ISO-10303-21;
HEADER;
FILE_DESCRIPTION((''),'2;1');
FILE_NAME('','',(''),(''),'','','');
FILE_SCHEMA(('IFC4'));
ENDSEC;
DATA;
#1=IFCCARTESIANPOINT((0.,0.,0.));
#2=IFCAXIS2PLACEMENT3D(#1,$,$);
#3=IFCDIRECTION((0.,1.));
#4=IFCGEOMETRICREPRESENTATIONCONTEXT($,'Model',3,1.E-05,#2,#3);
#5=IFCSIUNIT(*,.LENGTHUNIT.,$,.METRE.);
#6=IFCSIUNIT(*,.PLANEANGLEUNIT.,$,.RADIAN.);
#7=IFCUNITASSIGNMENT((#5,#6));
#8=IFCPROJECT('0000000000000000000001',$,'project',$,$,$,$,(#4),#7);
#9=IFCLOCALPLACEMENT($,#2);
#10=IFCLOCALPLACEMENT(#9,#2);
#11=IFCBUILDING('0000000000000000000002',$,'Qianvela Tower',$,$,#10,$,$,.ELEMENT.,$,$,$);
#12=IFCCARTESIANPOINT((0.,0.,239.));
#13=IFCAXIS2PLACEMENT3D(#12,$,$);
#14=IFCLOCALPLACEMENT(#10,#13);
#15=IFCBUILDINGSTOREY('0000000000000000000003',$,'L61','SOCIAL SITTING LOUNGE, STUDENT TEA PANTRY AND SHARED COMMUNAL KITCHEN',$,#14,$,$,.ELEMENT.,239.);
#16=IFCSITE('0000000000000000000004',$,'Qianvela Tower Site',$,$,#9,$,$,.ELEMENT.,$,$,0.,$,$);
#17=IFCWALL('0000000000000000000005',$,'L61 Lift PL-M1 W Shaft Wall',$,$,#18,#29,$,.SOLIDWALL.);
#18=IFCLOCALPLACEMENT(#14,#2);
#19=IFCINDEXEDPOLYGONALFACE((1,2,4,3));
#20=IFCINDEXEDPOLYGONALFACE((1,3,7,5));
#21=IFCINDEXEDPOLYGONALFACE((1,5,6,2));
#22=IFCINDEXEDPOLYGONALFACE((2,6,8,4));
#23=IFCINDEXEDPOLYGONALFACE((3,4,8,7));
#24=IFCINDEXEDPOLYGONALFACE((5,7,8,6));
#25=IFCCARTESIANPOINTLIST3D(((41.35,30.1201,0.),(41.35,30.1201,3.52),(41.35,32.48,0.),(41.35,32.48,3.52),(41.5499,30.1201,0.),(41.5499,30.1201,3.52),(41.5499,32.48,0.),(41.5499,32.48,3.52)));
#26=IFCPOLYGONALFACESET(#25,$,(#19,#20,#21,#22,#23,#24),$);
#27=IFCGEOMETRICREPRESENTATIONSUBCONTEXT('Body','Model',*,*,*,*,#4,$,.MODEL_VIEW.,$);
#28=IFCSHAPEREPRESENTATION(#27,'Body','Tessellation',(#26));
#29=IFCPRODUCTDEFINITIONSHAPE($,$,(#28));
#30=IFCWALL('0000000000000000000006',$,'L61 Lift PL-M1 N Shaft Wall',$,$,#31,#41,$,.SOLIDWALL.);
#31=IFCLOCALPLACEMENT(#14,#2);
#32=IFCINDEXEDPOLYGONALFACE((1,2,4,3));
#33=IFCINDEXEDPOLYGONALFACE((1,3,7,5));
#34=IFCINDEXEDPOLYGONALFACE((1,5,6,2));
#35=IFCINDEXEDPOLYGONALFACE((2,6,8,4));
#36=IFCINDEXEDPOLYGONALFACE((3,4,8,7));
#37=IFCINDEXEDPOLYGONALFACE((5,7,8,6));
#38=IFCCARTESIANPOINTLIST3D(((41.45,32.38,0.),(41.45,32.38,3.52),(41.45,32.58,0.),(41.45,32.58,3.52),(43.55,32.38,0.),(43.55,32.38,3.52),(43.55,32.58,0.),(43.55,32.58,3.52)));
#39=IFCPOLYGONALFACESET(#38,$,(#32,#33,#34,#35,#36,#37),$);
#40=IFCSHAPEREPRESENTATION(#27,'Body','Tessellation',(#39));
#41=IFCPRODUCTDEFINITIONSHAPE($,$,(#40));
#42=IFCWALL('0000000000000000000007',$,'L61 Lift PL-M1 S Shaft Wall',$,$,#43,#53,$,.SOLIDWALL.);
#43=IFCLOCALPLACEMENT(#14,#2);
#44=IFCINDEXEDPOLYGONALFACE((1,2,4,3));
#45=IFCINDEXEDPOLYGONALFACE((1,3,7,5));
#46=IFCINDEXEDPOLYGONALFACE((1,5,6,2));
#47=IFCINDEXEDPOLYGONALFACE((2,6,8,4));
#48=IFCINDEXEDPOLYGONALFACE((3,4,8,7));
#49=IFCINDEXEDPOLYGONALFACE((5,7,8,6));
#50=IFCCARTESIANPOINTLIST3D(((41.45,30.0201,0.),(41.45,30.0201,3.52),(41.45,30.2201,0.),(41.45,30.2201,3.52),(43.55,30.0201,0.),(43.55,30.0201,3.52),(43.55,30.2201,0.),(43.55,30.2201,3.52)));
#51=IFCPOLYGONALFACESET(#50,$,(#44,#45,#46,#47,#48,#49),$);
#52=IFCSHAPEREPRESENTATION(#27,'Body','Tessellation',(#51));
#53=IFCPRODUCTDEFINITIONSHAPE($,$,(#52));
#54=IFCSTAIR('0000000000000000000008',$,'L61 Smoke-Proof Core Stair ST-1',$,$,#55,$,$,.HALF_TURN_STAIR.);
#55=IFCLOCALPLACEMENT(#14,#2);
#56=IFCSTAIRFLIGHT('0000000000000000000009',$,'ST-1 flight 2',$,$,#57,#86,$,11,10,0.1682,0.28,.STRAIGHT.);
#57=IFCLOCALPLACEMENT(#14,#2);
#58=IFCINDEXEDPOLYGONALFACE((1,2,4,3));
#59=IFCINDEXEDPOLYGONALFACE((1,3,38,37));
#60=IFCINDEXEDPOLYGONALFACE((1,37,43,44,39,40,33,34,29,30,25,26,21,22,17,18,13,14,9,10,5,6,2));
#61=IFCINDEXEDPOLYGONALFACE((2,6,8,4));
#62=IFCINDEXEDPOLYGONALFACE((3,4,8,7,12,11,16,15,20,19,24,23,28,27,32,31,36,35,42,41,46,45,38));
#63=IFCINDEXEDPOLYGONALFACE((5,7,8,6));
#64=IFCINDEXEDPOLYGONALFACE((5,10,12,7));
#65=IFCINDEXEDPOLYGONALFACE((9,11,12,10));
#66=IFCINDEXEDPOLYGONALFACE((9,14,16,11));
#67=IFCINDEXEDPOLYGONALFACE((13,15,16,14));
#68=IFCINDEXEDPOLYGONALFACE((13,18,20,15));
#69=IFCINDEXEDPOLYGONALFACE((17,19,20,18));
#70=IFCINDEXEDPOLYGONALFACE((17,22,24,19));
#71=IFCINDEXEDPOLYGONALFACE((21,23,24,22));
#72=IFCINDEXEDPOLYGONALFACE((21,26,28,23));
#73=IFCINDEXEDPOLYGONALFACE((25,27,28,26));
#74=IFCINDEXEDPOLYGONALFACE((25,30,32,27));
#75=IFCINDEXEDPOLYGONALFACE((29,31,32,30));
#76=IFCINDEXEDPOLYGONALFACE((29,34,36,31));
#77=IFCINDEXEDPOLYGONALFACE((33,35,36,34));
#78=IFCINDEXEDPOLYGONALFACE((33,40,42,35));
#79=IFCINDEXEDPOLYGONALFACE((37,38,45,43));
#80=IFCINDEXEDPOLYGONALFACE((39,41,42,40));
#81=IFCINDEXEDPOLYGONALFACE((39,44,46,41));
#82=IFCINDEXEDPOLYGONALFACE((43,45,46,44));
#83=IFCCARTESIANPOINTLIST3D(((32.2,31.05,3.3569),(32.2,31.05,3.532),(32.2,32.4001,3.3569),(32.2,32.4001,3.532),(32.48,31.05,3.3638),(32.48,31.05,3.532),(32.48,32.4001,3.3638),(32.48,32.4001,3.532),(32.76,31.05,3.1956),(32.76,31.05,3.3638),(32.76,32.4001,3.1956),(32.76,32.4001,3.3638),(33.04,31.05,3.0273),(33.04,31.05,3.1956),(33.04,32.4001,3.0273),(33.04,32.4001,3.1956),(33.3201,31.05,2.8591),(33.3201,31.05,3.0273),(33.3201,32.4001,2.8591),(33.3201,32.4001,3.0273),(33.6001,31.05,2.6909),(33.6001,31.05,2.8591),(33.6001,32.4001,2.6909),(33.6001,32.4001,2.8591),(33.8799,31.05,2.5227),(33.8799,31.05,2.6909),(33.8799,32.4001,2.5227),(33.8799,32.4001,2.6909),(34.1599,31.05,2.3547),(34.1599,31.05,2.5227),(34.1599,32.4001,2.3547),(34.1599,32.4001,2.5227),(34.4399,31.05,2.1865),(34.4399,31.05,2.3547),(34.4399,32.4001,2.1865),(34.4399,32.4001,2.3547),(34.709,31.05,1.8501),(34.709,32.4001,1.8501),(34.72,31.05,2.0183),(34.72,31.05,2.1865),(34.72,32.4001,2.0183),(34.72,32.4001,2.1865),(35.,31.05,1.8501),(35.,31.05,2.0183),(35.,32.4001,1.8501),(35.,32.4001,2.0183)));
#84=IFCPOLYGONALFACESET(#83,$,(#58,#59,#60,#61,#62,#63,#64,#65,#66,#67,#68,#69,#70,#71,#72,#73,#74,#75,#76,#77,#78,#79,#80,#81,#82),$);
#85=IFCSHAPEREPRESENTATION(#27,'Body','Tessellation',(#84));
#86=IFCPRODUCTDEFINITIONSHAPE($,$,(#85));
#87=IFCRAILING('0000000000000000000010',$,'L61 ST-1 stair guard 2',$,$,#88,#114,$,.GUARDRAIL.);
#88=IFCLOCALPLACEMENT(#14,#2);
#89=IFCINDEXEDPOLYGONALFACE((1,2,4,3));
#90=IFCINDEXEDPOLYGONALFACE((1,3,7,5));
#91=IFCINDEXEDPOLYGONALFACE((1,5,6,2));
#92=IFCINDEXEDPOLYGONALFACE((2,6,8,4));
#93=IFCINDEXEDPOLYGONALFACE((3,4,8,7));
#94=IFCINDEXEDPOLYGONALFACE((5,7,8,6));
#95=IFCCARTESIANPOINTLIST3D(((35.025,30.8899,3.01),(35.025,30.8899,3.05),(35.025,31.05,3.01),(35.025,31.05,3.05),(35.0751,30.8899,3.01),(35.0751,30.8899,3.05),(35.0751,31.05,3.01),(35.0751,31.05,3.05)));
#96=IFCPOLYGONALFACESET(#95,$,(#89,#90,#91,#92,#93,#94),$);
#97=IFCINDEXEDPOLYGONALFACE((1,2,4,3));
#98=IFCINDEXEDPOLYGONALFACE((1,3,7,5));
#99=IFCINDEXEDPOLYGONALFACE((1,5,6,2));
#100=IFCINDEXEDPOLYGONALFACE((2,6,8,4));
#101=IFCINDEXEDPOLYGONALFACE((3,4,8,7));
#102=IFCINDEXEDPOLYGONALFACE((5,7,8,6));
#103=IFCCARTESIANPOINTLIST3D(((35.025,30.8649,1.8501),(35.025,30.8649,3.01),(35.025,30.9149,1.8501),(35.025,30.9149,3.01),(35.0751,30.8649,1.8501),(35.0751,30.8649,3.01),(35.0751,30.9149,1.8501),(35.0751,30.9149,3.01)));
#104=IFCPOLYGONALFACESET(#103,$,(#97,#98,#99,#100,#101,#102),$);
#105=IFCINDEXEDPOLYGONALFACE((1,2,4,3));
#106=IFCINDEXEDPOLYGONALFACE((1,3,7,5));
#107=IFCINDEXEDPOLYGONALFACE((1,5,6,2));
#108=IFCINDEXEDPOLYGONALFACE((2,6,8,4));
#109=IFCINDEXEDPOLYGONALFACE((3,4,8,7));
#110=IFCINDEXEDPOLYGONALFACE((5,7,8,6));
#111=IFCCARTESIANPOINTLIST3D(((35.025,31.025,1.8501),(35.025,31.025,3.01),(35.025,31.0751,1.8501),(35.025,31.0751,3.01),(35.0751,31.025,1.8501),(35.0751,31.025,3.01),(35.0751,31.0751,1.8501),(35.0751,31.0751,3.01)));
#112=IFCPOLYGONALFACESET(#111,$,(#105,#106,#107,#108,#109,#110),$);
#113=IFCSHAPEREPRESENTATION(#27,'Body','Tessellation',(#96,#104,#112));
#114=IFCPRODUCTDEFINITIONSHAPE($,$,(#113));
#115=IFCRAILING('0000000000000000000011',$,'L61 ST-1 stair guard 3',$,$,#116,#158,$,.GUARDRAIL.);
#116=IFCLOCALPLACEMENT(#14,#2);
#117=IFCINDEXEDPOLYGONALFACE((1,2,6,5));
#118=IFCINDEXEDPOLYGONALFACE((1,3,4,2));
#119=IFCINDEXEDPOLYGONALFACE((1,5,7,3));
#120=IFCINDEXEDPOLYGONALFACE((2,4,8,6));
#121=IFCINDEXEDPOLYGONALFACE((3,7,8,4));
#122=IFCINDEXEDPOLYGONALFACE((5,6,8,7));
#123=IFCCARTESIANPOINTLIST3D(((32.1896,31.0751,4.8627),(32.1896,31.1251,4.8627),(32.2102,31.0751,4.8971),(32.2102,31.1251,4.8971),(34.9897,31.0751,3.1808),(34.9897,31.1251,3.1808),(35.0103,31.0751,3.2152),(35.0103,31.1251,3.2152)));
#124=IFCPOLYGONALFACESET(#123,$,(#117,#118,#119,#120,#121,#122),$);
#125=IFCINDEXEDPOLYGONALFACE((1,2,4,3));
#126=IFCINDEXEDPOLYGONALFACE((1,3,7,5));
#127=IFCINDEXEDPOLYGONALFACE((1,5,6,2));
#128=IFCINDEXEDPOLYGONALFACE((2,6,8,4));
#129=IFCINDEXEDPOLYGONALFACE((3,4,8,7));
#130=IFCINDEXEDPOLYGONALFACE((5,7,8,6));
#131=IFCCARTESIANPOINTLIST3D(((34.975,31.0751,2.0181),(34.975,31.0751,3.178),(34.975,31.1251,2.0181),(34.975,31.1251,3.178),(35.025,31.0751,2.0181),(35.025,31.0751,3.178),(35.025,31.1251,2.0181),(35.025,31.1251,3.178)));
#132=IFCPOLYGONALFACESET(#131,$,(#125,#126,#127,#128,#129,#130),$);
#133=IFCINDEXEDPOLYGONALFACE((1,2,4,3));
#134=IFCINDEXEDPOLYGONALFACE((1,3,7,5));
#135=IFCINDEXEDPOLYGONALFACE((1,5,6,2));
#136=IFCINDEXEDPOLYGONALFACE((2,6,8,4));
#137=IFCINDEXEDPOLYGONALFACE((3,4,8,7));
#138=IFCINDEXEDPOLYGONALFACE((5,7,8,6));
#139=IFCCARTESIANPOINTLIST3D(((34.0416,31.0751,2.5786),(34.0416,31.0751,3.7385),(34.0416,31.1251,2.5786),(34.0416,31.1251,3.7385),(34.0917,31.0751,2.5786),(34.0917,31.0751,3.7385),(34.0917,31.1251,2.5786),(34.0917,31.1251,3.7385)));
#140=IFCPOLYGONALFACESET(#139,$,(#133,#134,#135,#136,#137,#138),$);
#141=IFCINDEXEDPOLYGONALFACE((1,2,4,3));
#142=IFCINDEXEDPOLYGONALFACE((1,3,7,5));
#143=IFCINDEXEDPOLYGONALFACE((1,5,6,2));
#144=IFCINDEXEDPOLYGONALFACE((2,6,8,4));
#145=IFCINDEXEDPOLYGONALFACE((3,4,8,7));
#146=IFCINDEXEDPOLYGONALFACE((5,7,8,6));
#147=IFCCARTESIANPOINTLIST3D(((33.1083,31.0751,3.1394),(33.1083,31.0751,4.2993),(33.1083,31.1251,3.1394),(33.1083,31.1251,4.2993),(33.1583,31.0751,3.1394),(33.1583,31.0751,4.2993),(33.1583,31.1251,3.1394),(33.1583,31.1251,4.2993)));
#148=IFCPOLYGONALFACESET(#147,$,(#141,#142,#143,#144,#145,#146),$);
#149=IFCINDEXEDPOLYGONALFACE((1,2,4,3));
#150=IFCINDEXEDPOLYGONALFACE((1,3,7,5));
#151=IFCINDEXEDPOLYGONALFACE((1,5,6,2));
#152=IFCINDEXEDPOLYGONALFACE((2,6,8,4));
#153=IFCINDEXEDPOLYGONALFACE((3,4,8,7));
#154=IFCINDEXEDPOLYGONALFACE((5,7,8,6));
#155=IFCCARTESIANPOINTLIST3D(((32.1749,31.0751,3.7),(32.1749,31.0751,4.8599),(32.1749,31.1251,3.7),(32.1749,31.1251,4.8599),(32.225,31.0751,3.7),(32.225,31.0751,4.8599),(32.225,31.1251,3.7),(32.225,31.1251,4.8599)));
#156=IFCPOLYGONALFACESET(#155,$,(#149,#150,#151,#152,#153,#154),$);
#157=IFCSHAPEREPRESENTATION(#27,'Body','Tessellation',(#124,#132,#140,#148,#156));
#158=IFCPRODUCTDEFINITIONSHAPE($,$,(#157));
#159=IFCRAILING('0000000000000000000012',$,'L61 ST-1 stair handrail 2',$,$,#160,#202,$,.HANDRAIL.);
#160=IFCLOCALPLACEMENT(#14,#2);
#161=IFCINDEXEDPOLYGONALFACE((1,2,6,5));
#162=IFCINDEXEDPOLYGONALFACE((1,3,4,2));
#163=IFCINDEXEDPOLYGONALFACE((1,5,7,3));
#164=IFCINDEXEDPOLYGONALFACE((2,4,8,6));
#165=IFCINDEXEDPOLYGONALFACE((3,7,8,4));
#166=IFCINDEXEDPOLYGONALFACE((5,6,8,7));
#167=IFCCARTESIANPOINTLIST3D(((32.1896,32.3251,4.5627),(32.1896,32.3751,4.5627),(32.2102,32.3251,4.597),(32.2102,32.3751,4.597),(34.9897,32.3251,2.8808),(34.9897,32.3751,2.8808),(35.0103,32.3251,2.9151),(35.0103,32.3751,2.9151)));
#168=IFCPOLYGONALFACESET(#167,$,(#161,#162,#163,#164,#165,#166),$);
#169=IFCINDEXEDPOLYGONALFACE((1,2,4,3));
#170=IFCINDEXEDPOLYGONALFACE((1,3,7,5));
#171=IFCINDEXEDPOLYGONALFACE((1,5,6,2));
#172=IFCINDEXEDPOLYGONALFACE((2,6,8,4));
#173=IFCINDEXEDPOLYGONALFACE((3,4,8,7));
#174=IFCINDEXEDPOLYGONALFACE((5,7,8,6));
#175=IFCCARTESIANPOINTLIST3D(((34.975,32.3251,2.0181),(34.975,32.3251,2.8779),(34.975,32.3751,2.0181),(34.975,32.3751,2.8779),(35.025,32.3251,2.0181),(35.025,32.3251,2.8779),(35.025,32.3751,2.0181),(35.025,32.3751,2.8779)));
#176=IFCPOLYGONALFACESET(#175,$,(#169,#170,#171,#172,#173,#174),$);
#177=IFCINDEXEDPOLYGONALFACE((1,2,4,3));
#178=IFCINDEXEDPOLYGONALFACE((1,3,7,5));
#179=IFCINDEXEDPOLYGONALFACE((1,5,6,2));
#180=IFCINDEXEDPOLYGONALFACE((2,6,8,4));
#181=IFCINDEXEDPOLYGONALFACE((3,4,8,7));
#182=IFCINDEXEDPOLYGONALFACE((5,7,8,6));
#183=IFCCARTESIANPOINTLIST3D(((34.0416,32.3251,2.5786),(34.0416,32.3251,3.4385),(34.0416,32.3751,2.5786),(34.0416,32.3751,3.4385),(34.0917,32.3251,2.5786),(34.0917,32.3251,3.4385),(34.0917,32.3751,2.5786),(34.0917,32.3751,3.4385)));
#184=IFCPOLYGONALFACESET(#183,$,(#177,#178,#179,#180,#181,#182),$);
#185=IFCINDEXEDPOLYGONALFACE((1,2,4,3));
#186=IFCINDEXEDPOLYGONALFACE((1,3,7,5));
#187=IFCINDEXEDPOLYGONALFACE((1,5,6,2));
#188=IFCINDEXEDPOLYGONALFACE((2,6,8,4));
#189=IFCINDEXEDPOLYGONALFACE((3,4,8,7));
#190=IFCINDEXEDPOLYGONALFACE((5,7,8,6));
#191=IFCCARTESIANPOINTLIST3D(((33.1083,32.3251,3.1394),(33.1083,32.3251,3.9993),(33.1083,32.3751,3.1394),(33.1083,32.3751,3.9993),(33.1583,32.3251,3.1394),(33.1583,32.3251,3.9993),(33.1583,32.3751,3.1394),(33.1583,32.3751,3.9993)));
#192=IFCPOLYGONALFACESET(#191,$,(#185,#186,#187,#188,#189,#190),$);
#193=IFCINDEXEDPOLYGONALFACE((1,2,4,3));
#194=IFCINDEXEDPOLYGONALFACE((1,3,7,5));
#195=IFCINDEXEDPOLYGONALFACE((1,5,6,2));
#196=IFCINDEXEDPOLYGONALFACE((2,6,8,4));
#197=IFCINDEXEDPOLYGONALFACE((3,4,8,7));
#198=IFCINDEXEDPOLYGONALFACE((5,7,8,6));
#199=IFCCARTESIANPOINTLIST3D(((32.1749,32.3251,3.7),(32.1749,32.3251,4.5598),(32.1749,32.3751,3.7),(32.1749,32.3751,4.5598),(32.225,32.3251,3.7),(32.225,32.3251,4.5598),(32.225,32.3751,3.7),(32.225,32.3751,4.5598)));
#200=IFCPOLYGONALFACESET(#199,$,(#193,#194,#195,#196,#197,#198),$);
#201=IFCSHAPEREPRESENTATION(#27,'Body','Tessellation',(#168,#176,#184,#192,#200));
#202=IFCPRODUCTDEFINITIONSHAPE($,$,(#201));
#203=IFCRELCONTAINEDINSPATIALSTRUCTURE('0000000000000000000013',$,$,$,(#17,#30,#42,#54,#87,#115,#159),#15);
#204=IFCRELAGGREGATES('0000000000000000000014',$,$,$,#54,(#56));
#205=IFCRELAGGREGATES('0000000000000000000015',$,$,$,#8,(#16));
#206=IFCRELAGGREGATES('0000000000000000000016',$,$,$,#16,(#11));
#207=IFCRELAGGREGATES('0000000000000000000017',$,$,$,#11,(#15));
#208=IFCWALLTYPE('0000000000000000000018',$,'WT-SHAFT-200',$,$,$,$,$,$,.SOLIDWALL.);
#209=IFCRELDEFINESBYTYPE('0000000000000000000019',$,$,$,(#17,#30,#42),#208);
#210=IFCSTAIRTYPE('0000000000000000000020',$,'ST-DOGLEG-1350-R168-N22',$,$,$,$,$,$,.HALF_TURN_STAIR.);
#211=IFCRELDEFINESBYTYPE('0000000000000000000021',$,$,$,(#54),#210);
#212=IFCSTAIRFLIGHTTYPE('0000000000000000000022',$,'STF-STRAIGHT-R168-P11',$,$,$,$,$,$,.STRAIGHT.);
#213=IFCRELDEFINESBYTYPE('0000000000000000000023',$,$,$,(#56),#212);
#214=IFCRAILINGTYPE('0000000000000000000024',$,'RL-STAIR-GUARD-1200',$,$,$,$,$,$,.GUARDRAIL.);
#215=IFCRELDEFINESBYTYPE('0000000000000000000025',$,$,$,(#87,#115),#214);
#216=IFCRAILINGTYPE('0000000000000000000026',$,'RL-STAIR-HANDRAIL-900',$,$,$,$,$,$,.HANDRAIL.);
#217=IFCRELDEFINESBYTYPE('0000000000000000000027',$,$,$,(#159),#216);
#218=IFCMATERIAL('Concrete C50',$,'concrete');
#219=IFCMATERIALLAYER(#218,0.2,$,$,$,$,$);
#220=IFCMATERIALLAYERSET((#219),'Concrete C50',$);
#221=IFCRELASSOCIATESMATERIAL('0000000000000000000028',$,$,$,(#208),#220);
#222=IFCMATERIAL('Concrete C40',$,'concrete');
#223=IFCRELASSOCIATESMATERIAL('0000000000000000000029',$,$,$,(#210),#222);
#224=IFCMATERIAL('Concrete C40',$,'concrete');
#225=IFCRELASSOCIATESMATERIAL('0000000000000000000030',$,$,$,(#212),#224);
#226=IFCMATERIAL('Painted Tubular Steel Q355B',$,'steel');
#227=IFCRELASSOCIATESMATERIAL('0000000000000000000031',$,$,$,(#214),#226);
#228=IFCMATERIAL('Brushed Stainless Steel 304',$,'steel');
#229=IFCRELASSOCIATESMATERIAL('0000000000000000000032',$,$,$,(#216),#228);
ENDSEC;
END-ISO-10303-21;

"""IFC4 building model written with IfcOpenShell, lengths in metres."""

from ifc_helpers import new_model, si_unit, direction, frame, frame_2d, origin, origin_2d, place, context, subcontext, project, spatial, polyline, rectangle, outline, extrude, material, layer, layer_set, type_object, element, aggregate, save


model = new_model("IFC4")

# Units and contexts
model_context = context("Model", 3, precision=1e-05, world=origin(), true_north=direction((0.0, 1.0)))
body_context = subcontext(model_context, "Body", "Model", "MODEL_VIEW")
ifc_project = project(units=[si_unit("LENGTHUNIT", "METRE"), si_unit("PLANEANGLEUNIT", "RADIAN")], contexts=[model_context])

# Site, building, storey
site_placement = place(None, origin())
site = spatial("IfcSite", under=ifc_project, at=site_placement, Name="Qianvela Tower Site", CompositionType="ELEMENT", RefElevation=0.0)
building_placement = place(site_placement, origin())
building = spatial("IfcBuilding", under=site, at=building_placement, Name="Qianvela Tower", CompositionType="ELEMENT")
storey_placement = place(building_placement, frame((0.0, 0.0, 239.0)))
storey = spatial("IfcBuildingStorey", under=building, at=storey_placement, Name="L61", Description="SOCIAL SITTING LOUNGE, STUDENT TEA PANTRY AND SHARED COMMUNAL KITCHEN", CompositionType="ELEMENT", Elevation=239.0)

# Shared definitions
ifc_material_1 = material(Name="Concrete C50", Category="concrete")
ifc_layer_1 = layer(ifc_material_1, 0.2)
ifc_layer_set_1 = layer_set([ifc_layer_1], Name="Concrete C50")
wall_type_1 = type_object("IfcWallType", Name="WT-SHAFT-200", PredefinedType="SOLIDWALL", material=ifc_layer_set_1)

# Walls
wall_1_placement = place(storey_placement, frame((41.45, 30.1201, 0.0), z_axis=(0.0, 0.0, 1.0), x_axis=(0.0, 1.0, 0.0)))
element("IfcWall", 1, at=wall_1_placement, inside=storey, type_object=wall_type_1, Name="L61 Lift PL-M1 W Shaft Wall", PredefinedType="SOLIDWALL", context=body_context, shape_type="SweptSolid", body=[
    extrude(rectangle(XDim=2.3599, YDim=0.2, at=frame_2d((1.1799, 0.0))), origin(), (0.0, 0.0, 1.0), 3.52),
])
for number, where, z_axis, x_axis, name in (
    (2, (41.45, 32.48, 0.0), (0.0, 0.0, 1.0), (1.0, 0.0, 0.0), "L61 Lift PL-M1 N Shaft Wall"),
    (3, (41.45, 30.1201, 0.0), (0.0, 0.0, 1.0), (1.0, 0.0, 0.0), "L61 Lift PL-M1 S Shaft Wall"),
):
    element("IfcWall", number, at=place(storey_placement, frame(where, z_axis=z_axis, x_axis=x_axis)), inside=storey, type_object=wall_type_1, Name=name, PredefinedType="SOLIDWALL", context=body_context, shape_type="SweptSolid", body=[
        extrude(rectangle(XDim=2.1001, YDim=0.2, at=frame_2d((1.05, 0.0))), origin(), (0.0, 0.0, 1.0), 3.52),
    ])

# Stair, stair flight
ifc_material_2 = material(Name="Concrete C40", Category="concrete")
stair_type = type_object("IfcStairType", Name="ST-DOGLEG-1350-R168-N22", PredefinedType="HALF_TURN_STAIR", material=ifc_material_2)
stair_placement = place(storey_placement, origin())
stair = element("IfcStair", 4, at=stair_placement, inside=storey, type_object=stair_type, Name="L61 Smoke-Proof Core Stair ST-1", PredefinedType="HALF_TURN_STAIR")
ifc_material_3 = material(Name="Concrete C40", Category="concrete")
stair_flight_type = type_object("IfcStairFlightType", Name="STF-STRAIGHT-R168-P11", PredefinedType="STRAIGHT", material=ifc_material_3)
stair_flight_placement = place(storey_placement, frame((35.0, 31.7251, 1.8501), z_axis=(0.0, 0.0, 1.0), x_axis=(-1.0, 0.0, 0.0)))
stair_flight = element("IfcStairFlight", 5, at=stair_flight_placement, type_object=stair_flight_type, Name="ST-1 flight 2", NumberOfRisers=11, NumberOfTreads=10, PredefinedType="STRAIGHT", RiserHeight=0.1682, TreadLength=0.28, context=body_context, shape_type="SweptSolid", body=[
    extrude(outline(polyline([(0.0, 0.0), (0.0, 0.1682), (0.28, 0.1682), (0.28, 0.3364), (0.5601, 0.3364), (0.5601, 0.5046), (0.8401, 0.5046), (0.8401, 0.6726), (1.1201, 0.6726), (1.1201, 0.8408), (1.3999, 0.8408), (1.3999, 1.009), (1.6799, 1.009), (1.6799, 1.1772), (1.96, 1.1772), (1.96, 1.3455), (2.24, 1.3455), (2.24, 1.5137), (2.52, 1.5137), (2.52, 1.6819), (2.8, 1.6819), (2.8, 1.8501), (2.8, 1.5068), (0.291, 0.0), (0.0, 0.0)])), frame((0.0, 0.675, 0.0), z_axis=(0.0, -1.0, 0.0), x_axis=(1.0, 0.0, 0.0)), (0.0, 0.0, 1.0), 1.3501),
])
aggregate(stair, [stair_flight])

# Railings
ifc_material_4 = material(Name="Painted Tubular Steel Q355B", Category="steel")
railing_type_1 = type_object("IfcRailingType", Name="RL-STAIR-GUARD-1200", PredefinedType="GUARDRAIL", material=ifc_material_4)
railing_1_placement = place(storey_placement, frame((35.05, 30.8899, 1.8501)))
element("IfcRailing", 6, at=railing_1_placement, inside=storey, type_object=railing_type_1, Name="L61 ST-1 stair guard 2", PredefinedType="GUARDRAIL", context=body_context, shape_type="SweptSolid", body=[
    extrude(rectangle(XDim=0.05, YDim=0.04, at=origin_2d()), frame((0.0, 0.0, 1.1799), z_axis=(0.0, 1.0, 0.0), x_axis=(-1.0, 0.0, 0.0)), (0.0, 0.0, 1.0), 0.1602),
    extrude(rectangle(XDim=0.05, YDim=0.05, at=origin_2d()), origin(), (0.0, 0.0, 1.0), 1.1599),
    extrude(rectangle(XDim=0.05, YDim=0.05, at=origin_2d()), frame((0.0, 0.1602, 0.0)), (0.0, 0.0, 1.0), 1.1599),
])
railing_2_placement = place(storey_placement, frame((35.0, 31.1001, 2.0181)))
element("IfcRailing", 7, at=railing_2_placement, inside=storey, type_object=railing_type_1, Name="L61 ST-1 stair guard 3", PredefinedType="GUARDRAIL", context=body_context, shape_type="SweptSolid", body=[
    extrude(rectangle(XDim=0.05, YDim=0.04, at=origin_2d()), frame((0.0, 0.0, 1.1799), z_axis=(-0.857242, 0.0, 0.514913), x_axis=(0.0, -1.0, 0.0)), (0.0, 0.0, 1.0), 3.2664),
    extrude(rectangle(XDim=0.05, YDim=0.05, at=origin_2d()), origin(), (0.0, 0.0, 1.0), 1.1599),
    extrude(rectangle(XDim=0.05, YDim=0.05, at=origin_2d()), frame((-0.9333, 0.0, 0.5605)), (0.0, 0.0, 1.0), 1.1599),
    extrude(rectangle(XDim=0.05, YDim=0.05, at=origin_2d()), frame((-1.8667, 0.0, 1.1213)), (0.0, 0.0, 1.0), 1.1599),
    extrude(rectangle(XDim=0.05, YDim=0.05, at=origin_2d()), frame((-2.8, 0.0, 1.6819)), (0.0, 0.0, 1.0), 1.1599),
])
ifc_material_5 = material(Name="Brushed Stainless Steel 304", Category="steel")
railing_type_2 = type_object("IfcRailingType", Name="RL-STAIR-HANDRAIL-900", PredefinedType="HANDRAIL", material=ifc_material_5)
railing_3_placement = place(storey_placement, frame((35.0, 32.3501, 2.0181)))
element("IfcRailing", 8, at=railing_3_placement, inside=storey, type_object=railing_type_2, Name="L61 ST-1 stair handrail 2", PredefinedType="HANDRAIL", context=body_context, shape_type="SweptSolid", body=[
    extrude(rectangle(XDim=0.05, YDim=0.04, at=origin_2d()), frame((0.0, 0.0, 0.8799), z_axis=(-0.857242, 0.0, 0.514913), x_axis=(0.0, -1.0, 0.0)), (0.0, 0.0, 1.0), 3.2664),
    extrude(rectangle(XDim=0.05, YDim=0.05, at=origin_2d()), origin(), (0.0, 0.0, 1.0), 0.8599),
    extrude(rectangle(XDim=0.05, YDim=0.05, at=origin_2d()), frame((-0.9333, 0.0, 0.5605)), (0.0, 0.0, 1.0), 0.8599),
    extrude(rectangle(XDim=0.05, YDim=0.05, at=origin_2d()), frame((-1.8667, 0.0, 1.1213)), (0.0, 0.0, 1.0), 0.8599),
    extrude(rectangle(XDim=0.05, YDim=0.05, at=origin_2d()), frame((-2.8, 0.0, 1.6819)), (0.0, 0.0, 1.0), 0.8599),
])

save(model, "model.ifc")
